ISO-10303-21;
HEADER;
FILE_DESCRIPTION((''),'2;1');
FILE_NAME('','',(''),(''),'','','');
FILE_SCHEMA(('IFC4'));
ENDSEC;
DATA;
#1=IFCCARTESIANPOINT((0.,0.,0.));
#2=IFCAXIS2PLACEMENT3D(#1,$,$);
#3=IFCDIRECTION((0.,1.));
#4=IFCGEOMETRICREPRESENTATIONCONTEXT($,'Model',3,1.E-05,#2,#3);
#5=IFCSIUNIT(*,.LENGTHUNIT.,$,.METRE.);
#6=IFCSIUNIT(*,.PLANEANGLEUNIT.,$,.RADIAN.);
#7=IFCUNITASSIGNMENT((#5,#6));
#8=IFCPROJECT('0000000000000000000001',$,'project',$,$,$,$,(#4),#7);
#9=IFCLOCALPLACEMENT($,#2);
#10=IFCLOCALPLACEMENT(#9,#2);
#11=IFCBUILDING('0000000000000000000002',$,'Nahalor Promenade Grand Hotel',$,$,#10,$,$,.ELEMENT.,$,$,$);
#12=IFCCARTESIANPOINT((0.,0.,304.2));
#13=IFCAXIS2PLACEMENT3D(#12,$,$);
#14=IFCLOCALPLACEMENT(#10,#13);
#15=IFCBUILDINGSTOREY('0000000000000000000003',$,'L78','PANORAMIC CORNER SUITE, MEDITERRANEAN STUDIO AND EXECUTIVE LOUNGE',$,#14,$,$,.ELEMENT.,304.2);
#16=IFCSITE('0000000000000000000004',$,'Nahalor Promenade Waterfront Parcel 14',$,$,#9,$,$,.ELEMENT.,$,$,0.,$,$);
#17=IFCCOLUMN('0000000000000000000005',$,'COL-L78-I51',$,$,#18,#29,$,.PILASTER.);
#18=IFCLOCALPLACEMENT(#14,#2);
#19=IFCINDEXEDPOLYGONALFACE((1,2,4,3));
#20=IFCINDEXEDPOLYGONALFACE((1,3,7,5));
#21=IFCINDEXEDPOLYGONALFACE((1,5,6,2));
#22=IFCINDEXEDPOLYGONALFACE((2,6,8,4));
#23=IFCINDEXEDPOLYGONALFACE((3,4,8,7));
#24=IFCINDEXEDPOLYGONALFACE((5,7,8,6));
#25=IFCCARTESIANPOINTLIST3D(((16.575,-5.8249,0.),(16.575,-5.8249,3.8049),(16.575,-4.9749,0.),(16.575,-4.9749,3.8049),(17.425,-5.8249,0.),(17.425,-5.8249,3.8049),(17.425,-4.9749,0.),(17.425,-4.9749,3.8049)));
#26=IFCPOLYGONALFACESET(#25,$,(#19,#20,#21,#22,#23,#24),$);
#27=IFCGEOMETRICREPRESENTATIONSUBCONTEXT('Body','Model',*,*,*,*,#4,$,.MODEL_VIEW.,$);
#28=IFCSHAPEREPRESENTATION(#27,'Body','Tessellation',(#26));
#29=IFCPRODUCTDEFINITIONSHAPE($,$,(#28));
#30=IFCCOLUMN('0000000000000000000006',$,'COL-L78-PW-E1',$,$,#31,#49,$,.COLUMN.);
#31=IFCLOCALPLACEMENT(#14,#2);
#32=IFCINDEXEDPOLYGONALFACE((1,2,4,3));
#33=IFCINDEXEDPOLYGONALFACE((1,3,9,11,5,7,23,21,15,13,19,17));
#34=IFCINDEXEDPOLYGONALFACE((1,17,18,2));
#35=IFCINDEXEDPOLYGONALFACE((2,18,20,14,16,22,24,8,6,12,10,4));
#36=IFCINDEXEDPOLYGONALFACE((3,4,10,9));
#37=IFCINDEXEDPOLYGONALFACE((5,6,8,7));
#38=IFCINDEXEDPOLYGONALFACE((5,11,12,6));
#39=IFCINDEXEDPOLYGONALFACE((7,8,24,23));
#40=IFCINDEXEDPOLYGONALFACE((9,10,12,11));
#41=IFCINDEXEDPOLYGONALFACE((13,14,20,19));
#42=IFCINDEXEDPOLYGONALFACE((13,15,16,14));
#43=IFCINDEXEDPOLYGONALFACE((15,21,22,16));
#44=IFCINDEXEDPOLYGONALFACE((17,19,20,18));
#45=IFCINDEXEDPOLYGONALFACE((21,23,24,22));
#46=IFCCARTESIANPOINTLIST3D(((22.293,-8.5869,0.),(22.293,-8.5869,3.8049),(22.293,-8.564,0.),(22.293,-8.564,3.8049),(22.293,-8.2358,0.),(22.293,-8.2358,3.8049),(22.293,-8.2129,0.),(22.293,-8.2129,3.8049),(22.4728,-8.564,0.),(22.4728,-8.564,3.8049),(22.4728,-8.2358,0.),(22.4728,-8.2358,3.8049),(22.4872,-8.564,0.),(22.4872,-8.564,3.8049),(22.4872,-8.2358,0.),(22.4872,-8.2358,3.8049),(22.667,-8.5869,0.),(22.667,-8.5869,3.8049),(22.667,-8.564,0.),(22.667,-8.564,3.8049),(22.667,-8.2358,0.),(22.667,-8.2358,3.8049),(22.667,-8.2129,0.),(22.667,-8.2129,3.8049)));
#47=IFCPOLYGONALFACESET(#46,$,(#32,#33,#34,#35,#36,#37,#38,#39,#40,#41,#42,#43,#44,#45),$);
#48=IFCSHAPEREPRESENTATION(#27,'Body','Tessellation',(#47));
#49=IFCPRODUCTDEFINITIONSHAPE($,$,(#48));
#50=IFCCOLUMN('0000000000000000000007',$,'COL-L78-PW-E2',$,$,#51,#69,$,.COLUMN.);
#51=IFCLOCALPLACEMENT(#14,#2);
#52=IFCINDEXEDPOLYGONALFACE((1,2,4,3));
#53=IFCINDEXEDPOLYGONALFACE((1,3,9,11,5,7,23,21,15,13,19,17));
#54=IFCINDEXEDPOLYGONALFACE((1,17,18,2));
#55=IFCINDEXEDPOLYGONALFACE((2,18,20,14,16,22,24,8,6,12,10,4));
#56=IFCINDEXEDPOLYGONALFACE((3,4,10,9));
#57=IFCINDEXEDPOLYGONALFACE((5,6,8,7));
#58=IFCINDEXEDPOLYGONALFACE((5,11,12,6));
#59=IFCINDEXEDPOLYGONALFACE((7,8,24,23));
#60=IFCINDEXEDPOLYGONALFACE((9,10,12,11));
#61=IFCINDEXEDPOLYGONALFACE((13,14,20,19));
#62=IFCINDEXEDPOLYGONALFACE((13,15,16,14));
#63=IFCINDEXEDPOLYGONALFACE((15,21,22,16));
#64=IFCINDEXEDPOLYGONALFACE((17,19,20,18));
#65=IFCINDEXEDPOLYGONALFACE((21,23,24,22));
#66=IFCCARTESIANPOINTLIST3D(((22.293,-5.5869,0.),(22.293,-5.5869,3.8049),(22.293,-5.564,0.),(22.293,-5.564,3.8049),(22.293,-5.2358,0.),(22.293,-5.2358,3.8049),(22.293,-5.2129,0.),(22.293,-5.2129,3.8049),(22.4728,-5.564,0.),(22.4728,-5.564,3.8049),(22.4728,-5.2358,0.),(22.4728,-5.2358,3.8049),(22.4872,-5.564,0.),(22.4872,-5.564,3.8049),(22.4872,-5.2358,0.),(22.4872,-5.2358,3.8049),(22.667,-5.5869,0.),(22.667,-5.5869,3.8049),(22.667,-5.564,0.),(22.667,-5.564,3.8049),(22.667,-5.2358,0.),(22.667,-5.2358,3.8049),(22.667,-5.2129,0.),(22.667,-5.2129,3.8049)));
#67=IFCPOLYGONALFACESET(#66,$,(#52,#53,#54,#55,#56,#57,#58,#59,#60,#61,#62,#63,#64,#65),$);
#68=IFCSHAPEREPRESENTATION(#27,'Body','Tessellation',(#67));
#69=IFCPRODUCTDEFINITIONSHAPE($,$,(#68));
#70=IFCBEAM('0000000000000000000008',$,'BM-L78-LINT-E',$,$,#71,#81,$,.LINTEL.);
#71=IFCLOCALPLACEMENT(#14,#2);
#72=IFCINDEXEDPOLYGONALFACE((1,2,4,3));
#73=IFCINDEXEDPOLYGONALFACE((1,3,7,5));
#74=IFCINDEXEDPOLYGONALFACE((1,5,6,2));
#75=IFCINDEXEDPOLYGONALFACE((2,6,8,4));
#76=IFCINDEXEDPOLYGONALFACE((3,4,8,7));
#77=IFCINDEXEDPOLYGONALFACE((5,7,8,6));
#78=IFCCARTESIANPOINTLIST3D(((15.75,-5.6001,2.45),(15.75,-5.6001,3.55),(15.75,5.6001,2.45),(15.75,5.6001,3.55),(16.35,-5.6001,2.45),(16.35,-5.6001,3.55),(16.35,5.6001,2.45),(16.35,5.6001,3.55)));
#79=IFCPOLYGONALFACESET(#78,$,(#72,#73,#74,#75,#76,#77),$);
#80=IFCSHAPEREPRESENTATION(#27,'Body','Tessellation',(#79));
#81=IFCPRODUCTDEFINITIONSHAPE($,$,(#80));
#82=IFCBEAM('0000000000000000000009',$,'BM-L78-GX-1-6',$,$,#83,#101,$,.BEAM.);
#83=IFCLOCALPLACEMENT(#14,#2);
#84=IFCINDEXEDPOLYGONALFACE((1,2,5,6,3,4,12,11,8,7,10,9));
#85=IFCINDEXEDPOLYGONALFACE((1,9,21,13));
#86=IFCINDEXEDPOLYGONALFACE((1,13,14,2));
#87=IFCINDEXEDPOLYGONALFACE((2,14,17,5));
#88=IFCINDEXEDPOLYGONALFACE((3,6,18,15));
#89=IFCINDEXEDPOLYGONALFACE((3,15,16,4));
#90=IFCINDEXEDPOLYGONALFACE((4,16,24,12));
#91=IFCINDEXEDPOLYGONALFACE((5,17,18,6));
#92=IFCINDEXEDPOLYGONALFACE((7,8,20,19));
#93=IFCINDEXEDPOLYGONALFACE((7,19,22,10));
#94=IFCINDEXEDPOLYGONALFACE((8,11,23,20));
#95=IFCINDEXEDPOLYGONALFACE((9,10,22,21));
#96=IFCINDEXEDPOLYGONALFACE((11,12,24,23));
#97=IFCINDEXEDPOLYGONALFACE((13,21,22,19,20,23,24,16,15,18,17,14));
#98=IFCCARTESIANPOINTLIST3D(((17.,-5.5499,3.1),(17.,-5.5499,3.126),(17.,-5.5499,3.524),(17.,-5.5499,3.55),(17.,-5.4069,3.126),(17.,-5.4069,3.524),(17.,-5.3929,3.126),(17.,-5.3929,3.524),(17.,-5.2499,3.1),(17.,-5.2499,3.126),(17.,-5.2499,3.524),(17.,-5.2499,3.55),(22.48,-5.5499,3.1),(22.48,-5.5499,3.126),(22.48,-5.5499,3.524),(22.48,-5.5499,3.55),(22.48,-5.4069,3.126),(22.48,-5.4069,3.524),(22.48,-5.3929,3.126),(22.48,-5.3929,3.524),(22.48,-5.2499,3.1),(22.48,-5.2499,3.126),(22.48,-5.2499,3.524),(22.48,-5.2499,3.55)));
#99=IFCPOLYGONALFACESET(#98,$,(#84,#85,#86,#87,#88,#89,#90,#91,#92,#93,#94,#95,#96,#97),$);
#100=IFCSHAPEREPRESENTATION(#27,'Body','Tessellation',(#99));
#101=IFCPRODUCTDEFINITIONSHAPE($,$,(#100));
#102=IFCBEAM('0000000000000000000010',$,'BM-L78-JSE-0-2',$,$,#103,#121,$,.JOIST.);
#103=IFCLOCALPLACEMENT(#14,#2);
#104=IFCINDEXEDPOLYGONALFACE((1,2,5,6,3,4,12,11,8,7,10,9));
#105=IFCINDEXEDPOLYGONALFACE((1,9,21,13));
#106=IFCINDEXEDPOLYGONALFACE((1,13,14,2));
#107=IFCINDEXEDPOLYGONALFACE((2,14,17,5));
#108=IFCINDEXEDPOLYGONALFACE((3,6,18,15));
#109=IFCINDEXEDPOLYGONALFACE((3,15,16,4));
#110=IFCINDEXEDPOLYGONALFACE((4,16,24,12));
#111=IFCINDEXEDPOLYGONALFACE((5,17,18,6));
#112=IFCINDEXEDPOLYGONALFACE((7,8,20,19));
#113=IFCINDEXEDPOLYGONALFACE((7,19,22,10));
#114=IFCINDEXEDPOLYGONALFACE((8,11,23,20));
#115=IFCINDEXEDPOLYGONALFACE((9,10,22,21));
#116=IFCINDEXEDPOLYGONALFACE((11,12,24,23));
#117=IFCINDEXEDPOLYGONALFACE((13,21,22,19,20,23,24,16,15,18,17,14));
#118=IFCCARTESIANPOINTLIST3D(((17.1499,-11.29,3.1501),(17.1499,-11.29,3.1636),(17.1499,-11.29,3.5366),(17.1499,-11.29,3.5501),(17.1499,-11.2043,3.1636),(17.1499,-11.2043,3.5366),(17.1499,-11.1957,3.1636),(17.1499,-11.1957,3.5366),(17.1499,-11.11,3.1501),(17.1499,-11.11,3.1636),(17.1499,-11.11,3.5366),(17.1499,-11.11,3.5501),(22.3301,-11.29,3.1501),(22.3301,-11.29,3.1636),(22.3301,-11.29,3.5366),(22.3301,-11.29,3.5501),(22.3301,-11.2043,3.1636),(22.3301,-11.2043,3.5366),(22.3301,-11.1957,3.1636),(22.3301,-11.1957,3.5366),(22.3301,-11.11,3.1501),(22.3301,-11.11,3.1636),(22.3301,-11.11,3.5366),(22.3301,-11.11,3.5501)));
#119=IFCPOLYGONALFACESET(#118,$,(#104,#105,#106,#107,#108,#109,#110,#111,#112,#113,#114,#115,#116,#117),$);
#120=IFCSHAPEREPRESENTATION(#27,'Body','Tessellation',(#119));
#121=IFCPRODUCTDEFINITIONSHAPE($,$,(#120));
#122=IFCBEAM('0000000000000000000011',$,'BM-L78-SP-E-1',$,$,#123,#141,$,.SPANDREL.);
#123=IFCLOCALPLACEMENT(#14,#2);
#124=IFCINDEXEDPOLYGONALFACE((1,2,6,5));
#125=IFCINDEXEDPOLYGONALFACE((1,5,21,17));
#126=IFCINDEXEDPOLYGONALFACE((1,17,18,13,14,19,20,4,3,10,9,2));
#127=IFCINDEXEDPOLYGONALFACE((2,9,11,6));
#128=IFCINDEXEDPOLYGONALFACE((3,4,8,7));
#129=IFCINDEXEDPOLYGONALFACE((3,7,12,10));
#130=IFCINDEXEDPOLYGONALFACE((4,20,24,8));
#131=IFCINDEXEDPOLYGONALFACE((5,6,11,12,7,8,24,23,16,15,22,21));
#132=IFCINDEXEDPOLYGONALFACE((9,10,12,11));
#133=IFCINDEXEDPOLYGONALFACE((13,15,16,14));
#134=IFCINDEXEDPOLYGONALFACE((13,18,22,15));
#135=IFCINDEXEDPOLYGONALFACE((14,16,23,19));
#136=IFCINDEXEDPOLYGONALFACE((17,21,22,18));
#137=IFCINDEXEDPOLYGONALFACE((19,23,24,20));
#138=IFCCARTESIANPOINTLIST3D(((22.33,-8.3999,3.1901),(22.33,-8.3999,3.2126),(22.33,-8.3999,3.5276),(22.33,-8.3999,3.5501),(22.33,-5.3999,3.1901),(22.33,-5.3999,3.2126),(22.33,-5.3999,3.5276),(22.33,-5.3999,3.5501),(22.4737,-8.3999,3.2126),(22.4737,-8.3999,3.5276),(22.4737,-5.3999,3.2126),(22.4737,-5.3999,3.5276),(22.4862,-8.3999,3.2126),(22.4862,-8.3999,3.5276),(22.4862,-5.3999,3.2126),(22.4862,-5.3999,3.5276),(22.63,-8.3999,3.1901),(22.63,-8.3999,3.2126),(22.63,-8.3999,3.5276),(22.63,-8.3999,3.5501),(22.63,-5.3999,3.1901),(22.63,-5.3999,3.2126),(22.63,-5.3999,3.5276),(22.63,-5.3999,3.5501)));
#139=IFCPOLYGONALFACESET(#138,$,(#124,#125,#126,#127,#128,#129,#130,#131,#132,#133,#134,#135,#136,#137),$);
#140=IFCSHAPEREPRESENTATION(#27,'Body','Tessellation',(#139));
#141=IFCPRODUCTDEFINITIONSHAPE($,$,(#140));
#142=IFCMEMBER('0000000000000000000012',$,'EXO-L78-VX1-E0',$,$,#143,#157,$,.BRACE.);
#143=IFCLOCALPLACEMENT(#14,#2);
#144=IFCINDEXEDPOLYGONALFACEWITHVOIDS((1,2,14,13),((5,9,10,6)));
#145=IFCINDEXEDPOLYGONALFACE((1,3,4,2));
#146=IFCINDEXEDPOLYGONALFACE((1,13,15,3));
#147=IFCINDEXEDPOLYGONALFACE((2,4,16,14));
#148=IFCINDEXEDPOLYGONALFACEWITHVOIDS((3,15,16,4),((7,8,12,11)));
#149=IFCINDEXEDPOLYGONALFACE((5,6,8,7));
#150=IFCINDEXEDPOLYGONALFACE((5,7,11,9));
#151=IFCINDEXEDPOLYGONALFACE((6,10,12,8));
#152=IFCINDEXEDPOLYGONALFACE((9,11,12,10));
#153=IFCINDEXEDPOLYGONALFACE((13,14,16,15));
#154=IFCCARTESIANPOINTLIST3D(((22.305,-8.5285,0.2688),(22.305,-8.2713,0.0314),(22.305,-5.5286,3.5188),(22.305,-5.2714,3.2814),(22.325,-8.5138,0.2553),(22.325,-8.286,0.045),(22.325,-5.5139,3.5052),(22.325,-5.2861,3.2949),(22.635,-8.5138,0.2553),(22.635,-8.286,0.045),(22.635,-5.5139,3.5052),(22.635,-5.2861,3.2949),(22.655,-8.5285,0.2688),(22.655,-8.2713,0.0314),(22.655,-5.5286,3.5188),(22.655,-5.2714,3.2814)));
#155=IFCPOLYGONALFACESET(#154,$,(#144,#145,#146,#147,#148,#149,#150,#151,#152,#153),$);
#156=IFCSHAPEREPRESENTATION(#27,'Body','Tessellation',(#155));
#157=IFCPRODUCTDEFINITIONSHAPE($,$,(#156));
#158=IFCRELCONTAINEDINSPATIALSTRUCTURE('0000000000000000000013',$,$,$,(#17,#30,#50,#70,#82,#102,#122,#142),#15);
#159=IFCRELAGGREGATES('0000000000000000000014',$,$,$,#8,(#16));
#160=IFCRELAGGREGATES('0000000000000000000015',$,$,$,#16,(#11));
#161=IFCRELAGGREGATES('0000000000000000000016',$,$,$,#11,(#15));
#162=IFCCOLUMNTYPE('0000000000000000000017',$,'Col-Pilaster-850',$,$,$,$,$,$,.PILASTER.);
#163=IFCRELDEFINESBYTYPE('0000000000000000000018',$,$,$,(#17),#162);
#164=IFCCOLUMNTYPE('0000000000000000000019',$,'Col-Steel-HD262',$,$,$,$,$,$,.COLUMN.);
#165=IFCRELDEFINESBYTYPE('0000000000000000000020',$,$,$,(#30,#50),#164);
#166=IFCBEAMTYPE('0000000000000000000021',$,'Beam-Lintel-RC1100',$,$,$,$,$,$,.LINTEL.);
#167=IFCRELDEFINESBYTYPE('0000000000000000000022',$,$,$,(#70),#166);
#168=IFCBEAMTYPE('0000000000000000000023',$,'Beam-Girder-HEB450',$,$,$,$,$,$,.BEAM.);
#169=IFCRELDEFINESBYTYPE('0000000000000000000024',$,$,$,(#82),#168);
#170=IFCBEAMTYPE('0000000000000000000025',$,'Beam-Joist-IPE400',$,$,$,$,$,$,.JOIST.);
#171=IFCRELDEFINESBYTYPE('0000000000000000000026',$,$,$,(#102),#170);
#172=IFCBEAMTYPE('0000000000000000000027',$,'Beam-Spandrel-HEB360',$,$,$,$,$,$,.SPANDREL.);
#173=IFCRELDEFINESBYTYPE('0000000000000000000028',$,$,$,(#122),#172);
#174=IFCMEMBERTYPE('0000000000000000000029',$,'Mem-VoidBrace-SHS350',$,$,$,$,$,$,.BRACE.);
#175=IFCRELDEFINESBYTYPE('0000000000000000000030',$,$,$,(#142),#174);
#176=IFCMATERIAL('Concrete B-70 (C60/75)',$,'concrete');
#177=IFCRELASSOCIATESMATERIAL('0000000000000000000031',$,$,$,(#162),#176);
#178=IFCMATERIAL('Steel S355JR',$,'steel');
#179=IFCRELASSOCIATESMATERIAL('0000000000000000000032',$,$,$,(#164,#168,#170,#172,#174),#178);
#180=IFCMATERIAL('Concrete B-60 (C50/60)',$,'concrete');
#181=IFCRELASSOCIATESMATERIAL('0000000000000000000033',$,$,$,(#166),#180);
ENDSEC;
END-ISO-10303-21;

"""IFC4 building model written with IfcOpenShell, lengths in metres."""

from ifc_helpers import new_model, si_unit, direction, frame, origin, origin_2d, place, context, subcontext, project, spatial, rectangle, hollow_rectangle, i_section, extrude, source, transform, mapped, material, material_profile, profile_set, type_object, element, save


model = new_model("IFC4")

# Units and contexts
model_context = context("Model", 3, precision=1e-05, world=origin(), true_north=direction((0.0, 1.0)))
body_context = subcontext(model_context, "Body", "Model", "MODEL_VIEW")
ifc_project = project(units=[si_unit("LENGTHUNIT", "METRE"), si_unit("PLANEANGLEUNIT", "RADIAN")], contexts=[model_context])

# Site, building, storey
site_placement = place(None, origin())
site = spatial("IfcSite", under=ifc_project, at=site_placement, Name="Nahalor Promenade Waterfront Parcel 14", CompositionType="ELEMENT", RefElevation=0.0)
building_placement = place(site_placement, origin())
building = spatial("IfcBuilding", under=site, at=building_placement, Name="Nahalor Promenade Grand Hotel", CompositionType="ELEMENT")
storey_placement = place(building_placement, frame((0.0, 0.0, 304.2)))
storey = spatial("IfcBuildingStorey", under=building, at=storey_placement, Name="L78", Description="PANORAMIC CORNER SUITE, MEDITERRANEAN STUDIO AND EXECUTIVE LOUNGE", CompositionType="ELEMENT", Elevation=304.2)

# Columns
ifc_material_1 = material(Name="Concrete B-70 (C60/75)", Category="concrete")
ifc_material_profile_1 = material_profile(ifc_material_1, rectangle(XDim=0.85, YDim=0.85, at=origin_2d()), Name="RC 850x850")
ifc_profile_set_1 = profile_set([ifc_material_profile_1], Name="Concrete B-70 (C60/75)")
column_type_1 = type_object("IfcColumnType", Name="Col-Pilaster-850", PredefinedType="PILASTER", material=ifc_profile_set_1)
shared_shape_1 = source(origin(), body_context, "Body", "SweptSolid", [
    extrude(rectangle(XDim=0.85, YDim=0.85, at=origin_2d()), origin(), (0.0, 0.0, 1.0), 3.8049),
])
column_placement = place(storey_placement, frame((17.0, -5.3999, 0.0), z_axis=(0.0, 0.0, 1.0), x_axis=(1.0, 0.0, 0.0)))
element("IfcColumn", 1, at=column_placement, inside=storey, type_object=column_type_1, Name="COL-L78-I51", PredefinedType="PILASTER", context=body_context, shape_type="MappedRepresentation", body=[
    mapped(shared_shape_1, transform((0.0, 0.0, 0.0), scale=1.0)),
])
ifc_material_2 = material(Name="Steel S355JR", Category="steel")
ifc_material_profile_2 = material_profile(ifc_material_2, i_section(OverallWidth=0.374, OverallDepth=0.374, WebThickness=0.0144, FlangeThickness=0.0229, at=origin_2d()), Name="HD 360x262")
ifc_profile_set_2 = profile_set([ifc_material_profile_2], Name="Steel S355JR")
column_type_2 = type_object("IfcColumnType", Name="Col-Steel-HD262", PredefinedType="COLUMN", material=ifc_profile_set_2)
shared_shape_2 = source(origin(), body_context, "Body", "SweptSolid", [
    extrude(i_section(OverallWidth=0.374, OverallDepth=0.374, WebThickness=0.0144, FlangeThickness=0.0229, at=origin_2d()), origin(), (0.0, 0.0, 1.0), 3.8049),
])
for number, where, z_axis, x_axis, name in (
    (2, (22.48, -8.3999, 0.0), (0.0, 0.0, 1.0), (1.0, 0.0, 0.0), "COL-L78-PW-E1"),
    (3, (22.48, -5.3999, 0.0), (0.0, 0.0, 1.0), (1.0, 0.0, 0.0), "COL-L78-PW-E2"),
):
    element("IfcColumn", number, at=place(storey_placement, frame(where, z_axis=z_axis, x_axis=x_axis)), inside=storey, type_object=column_type_2, Name=name, PredefinedType="COLUMN", context=body_context, shape_type="MappedRepresentation", body=[
        mapped(shared_shape_2, transform((0.0, 0.0, 0.0), scale=1.0)),
    ])

# Beams
ifc_material_3 = material(Name="Concrete B-60 (C50/60)", Category="concrete")
ifc_material_profile_3 = material_profile(ifc_material_3, rectangle(XDim=0.6, YDim=1.1, at=origin_2d()), Name="RC 600x1100")
ifc_profile_set_3 = profile_set([ifc_material_profile_3], Name="Concrete B-60 (C50/60)")
beam_type_1 = type_object("IfcBeamType", Name="Beam-Lintel-RC1100", PredefinedType="LINTEL", material=ifc_profile_set_3)
shared_shape_3 = source(origin(), body_context, "Body", "SweptSolid", [
    extrude(rectangle(XDim=0.6, YDim=1.1, at=origin_2d()), origin(), (0.0, 0.0, 1.0), 11.2002),
])
beam_1_placement = place(storey_placement, frame((16.05, -5.6001, 3.0), z_axis=(0.0, 1.0, 0.0), x_axis=(-1.0, 0.0, 0.0)))
element("IfcBeam", 4, at=beam_1_placement, inside=storey, type_object=beam_type_1, Name="BM-L78-LINT-E", PredefinedType="LINTEL", context=body_context, shape_type="MappedRepresentation", body=[
    mapped(shared_shape_3, transform((0.0, 0.0, 0.0), scale=1.0)),
])
ifc_material_profile_4 = material_profile(ifc_material_2, i_section(OverallWidth=0.3, OverallDepth=0.45, WebThickness=0.014, FlangeThickness=0.026, at=origin_2d()), Name="HEB 450")
ifc_profile_set_4 = profile_set([ifc_material_profile_4], Name="Steel S355JR")
beam_type_2 = type_object("IfcBeamType", Name="Beam-Girder-HEB450", PredefinedType="BEAM", material=ifc_profile_set_4)
shared_shape_4 = source(origin(), body_context, "Body", "SweptSolid", [
    extrude(i_section(OverallWidth=0.3, OverallDepth=0.45, WebThickness=0.014, FlangeThickness=0.026, at=origin_2d()), origin(), (0.0, 0.0, 1.0), 5.48),
])
beam_2_placement = place(storey_placement, frame((17.0, -5.3999, 3.325), z_axis=(1.0, 0.0, 0.0), x_axis=(0.0, 1.0, 0.0)))
element("IfcBeam", 5, at=beam_2_placement, inside=storey, type_object=beam_type_2, Name="BM-L78-GX-1-6", PredefinedType="BEAM", context=body_context, shape_type="MappedRepresentation", body=[
    mapped(shared_shape_4, transform((0.0, 0.0, 0.0), scale=1.0)),
])
ifc_material_profile_5 = material_profile(ifc_material_2, i_section(OverallWidth=0.18, OverallDepth=0.4, WebThickness=0.0086, FlangeThickness=0.0135, at=origin_2d()), Name="IPE 400")
ifc_profile_set_5 = profile_set([ifc_material_profile_5], Name="Steel S355JR")
beam_type_3 = type_object("IfcBeamType", Name="Beam-Joist-IPE400", PredefinedType="JOIST", material=ifc_profile_set_5)
shared_shape_5 = source(origin(), body_context, "Body", "SweptSolid", [
    extrude(i_section(OverallWidth=0.18, OverallDepth=0.4, WebThickness=0.0086, FlangeThickness=0.0135, at=origin_2d()), origin(), (0.0, 0.0, 1.0), 5.1802),
])
beam_3_placement = place(storey_placement, frame((17.1499, -11.2, 3.3501), z_axis=(1.0, 0.0, 0.0), x_axis=(0.0, 1.0, 0.0)))
element("IfcBeam", 6, at=beam_3_placement, inside=storey, type_object=beam_type_3, Name="BM-L78-JSE-0-2", PredefinedType="JOIST", context=body_context, shape_type="MappedRepresentation", body=[
    mapped(shared_shape_5, transform((0.0, 0.0, 0.0), scale=1.0)),
])
ifc_material_profile_6 = material_profile(ifc_material_2, i_section(OverallWidth=0.3, OverallDepth=0.36, WebThickness=0.0125, FlangeThickness=0.0225, at=origin_2d()), Name="HEB 360")
ifc_profile_set_6 = profile_set([ifc_material_profile_6], Name="Steel S355JR")
beam_type_4 = type_object("IfcBeamType", Name="Beam-Spandrel-HEB360", PredefinedType="SPANDREL", material=ifc_profile_set_6)
shared_shape_6 = source(origin(), body_context, "Body", "SweptSolid", [
    extrude(i_section(OverallWidth=0.3, OverallDepth=0.36, WebThickness=0.0125, FlangeThickness=0.0225, at=origin_2d()), origin(), (0.0, 0.0, 1.0), 3.0),
])
beam_4_placement = place(storey_placement, frame((22.48, -8.3999, 3.3701), z_axis=(0.0, 1.0, 0.0), x_axis=(-1.0, 0.0, 0.0)))
element("IfcBeam", 7, at=beam_4_placement, inside=storey, type_object=beam_type_4, Name="BM-L78-SP-E-1", PredefinedType="SPANDREL", context=body_context, shape_type="MappedRepresentation", body=[
    mapped(shared_shape_6, transform((0.0, 0.0, 0.0), scale=1.0)),
])

# Member
ifc_material_profile_7 = material_profile(ifc_material_2, hollow_rectangle(XDim=0.35, YDim=0.35, WallThickness=0.02, at=origin_2d()), Name="SHS 350x350x20")
ifc_profile_set_7 = profile_set([ifc_material_profile_7], Name="Steel S355JR")
member_type_1 = type_object("IfcMemberType", Name="Mem-VoidBrace-SHS350", PredefinedType="BRACE", material=ifc_profile_set_7)
shared_shape_7 = source(origin(), body_context, "Body", "SweptSolid", [
    extrude(hollow_rectangle(XDim=0.35, YDim=0.35, WallThickness=0.02, at=origin_2d()), origin(), (0.0, 0.0, 1.0), 4.4229),
])
member_1_placement = place(storey_placement, frame((22.48, -8.3999, 0.1501), z_axis=(0.0, 0.67828, 0.734803), x_axis=(-1.0, 0.0, 0.0)))
element("IfcMember", 8, at=member_1_placement, inside=storey, type_object=member_type_1, Name="EXO-L78-VX1-E0", PredefinedType="BRACE", context=body_context, shape_type="MappedRepresentation", body=[
    mapped(shared_shape_7, transform((0.0, 0.0, 0.0), scale=1.0)),
])

save(model, "model.ifc")
